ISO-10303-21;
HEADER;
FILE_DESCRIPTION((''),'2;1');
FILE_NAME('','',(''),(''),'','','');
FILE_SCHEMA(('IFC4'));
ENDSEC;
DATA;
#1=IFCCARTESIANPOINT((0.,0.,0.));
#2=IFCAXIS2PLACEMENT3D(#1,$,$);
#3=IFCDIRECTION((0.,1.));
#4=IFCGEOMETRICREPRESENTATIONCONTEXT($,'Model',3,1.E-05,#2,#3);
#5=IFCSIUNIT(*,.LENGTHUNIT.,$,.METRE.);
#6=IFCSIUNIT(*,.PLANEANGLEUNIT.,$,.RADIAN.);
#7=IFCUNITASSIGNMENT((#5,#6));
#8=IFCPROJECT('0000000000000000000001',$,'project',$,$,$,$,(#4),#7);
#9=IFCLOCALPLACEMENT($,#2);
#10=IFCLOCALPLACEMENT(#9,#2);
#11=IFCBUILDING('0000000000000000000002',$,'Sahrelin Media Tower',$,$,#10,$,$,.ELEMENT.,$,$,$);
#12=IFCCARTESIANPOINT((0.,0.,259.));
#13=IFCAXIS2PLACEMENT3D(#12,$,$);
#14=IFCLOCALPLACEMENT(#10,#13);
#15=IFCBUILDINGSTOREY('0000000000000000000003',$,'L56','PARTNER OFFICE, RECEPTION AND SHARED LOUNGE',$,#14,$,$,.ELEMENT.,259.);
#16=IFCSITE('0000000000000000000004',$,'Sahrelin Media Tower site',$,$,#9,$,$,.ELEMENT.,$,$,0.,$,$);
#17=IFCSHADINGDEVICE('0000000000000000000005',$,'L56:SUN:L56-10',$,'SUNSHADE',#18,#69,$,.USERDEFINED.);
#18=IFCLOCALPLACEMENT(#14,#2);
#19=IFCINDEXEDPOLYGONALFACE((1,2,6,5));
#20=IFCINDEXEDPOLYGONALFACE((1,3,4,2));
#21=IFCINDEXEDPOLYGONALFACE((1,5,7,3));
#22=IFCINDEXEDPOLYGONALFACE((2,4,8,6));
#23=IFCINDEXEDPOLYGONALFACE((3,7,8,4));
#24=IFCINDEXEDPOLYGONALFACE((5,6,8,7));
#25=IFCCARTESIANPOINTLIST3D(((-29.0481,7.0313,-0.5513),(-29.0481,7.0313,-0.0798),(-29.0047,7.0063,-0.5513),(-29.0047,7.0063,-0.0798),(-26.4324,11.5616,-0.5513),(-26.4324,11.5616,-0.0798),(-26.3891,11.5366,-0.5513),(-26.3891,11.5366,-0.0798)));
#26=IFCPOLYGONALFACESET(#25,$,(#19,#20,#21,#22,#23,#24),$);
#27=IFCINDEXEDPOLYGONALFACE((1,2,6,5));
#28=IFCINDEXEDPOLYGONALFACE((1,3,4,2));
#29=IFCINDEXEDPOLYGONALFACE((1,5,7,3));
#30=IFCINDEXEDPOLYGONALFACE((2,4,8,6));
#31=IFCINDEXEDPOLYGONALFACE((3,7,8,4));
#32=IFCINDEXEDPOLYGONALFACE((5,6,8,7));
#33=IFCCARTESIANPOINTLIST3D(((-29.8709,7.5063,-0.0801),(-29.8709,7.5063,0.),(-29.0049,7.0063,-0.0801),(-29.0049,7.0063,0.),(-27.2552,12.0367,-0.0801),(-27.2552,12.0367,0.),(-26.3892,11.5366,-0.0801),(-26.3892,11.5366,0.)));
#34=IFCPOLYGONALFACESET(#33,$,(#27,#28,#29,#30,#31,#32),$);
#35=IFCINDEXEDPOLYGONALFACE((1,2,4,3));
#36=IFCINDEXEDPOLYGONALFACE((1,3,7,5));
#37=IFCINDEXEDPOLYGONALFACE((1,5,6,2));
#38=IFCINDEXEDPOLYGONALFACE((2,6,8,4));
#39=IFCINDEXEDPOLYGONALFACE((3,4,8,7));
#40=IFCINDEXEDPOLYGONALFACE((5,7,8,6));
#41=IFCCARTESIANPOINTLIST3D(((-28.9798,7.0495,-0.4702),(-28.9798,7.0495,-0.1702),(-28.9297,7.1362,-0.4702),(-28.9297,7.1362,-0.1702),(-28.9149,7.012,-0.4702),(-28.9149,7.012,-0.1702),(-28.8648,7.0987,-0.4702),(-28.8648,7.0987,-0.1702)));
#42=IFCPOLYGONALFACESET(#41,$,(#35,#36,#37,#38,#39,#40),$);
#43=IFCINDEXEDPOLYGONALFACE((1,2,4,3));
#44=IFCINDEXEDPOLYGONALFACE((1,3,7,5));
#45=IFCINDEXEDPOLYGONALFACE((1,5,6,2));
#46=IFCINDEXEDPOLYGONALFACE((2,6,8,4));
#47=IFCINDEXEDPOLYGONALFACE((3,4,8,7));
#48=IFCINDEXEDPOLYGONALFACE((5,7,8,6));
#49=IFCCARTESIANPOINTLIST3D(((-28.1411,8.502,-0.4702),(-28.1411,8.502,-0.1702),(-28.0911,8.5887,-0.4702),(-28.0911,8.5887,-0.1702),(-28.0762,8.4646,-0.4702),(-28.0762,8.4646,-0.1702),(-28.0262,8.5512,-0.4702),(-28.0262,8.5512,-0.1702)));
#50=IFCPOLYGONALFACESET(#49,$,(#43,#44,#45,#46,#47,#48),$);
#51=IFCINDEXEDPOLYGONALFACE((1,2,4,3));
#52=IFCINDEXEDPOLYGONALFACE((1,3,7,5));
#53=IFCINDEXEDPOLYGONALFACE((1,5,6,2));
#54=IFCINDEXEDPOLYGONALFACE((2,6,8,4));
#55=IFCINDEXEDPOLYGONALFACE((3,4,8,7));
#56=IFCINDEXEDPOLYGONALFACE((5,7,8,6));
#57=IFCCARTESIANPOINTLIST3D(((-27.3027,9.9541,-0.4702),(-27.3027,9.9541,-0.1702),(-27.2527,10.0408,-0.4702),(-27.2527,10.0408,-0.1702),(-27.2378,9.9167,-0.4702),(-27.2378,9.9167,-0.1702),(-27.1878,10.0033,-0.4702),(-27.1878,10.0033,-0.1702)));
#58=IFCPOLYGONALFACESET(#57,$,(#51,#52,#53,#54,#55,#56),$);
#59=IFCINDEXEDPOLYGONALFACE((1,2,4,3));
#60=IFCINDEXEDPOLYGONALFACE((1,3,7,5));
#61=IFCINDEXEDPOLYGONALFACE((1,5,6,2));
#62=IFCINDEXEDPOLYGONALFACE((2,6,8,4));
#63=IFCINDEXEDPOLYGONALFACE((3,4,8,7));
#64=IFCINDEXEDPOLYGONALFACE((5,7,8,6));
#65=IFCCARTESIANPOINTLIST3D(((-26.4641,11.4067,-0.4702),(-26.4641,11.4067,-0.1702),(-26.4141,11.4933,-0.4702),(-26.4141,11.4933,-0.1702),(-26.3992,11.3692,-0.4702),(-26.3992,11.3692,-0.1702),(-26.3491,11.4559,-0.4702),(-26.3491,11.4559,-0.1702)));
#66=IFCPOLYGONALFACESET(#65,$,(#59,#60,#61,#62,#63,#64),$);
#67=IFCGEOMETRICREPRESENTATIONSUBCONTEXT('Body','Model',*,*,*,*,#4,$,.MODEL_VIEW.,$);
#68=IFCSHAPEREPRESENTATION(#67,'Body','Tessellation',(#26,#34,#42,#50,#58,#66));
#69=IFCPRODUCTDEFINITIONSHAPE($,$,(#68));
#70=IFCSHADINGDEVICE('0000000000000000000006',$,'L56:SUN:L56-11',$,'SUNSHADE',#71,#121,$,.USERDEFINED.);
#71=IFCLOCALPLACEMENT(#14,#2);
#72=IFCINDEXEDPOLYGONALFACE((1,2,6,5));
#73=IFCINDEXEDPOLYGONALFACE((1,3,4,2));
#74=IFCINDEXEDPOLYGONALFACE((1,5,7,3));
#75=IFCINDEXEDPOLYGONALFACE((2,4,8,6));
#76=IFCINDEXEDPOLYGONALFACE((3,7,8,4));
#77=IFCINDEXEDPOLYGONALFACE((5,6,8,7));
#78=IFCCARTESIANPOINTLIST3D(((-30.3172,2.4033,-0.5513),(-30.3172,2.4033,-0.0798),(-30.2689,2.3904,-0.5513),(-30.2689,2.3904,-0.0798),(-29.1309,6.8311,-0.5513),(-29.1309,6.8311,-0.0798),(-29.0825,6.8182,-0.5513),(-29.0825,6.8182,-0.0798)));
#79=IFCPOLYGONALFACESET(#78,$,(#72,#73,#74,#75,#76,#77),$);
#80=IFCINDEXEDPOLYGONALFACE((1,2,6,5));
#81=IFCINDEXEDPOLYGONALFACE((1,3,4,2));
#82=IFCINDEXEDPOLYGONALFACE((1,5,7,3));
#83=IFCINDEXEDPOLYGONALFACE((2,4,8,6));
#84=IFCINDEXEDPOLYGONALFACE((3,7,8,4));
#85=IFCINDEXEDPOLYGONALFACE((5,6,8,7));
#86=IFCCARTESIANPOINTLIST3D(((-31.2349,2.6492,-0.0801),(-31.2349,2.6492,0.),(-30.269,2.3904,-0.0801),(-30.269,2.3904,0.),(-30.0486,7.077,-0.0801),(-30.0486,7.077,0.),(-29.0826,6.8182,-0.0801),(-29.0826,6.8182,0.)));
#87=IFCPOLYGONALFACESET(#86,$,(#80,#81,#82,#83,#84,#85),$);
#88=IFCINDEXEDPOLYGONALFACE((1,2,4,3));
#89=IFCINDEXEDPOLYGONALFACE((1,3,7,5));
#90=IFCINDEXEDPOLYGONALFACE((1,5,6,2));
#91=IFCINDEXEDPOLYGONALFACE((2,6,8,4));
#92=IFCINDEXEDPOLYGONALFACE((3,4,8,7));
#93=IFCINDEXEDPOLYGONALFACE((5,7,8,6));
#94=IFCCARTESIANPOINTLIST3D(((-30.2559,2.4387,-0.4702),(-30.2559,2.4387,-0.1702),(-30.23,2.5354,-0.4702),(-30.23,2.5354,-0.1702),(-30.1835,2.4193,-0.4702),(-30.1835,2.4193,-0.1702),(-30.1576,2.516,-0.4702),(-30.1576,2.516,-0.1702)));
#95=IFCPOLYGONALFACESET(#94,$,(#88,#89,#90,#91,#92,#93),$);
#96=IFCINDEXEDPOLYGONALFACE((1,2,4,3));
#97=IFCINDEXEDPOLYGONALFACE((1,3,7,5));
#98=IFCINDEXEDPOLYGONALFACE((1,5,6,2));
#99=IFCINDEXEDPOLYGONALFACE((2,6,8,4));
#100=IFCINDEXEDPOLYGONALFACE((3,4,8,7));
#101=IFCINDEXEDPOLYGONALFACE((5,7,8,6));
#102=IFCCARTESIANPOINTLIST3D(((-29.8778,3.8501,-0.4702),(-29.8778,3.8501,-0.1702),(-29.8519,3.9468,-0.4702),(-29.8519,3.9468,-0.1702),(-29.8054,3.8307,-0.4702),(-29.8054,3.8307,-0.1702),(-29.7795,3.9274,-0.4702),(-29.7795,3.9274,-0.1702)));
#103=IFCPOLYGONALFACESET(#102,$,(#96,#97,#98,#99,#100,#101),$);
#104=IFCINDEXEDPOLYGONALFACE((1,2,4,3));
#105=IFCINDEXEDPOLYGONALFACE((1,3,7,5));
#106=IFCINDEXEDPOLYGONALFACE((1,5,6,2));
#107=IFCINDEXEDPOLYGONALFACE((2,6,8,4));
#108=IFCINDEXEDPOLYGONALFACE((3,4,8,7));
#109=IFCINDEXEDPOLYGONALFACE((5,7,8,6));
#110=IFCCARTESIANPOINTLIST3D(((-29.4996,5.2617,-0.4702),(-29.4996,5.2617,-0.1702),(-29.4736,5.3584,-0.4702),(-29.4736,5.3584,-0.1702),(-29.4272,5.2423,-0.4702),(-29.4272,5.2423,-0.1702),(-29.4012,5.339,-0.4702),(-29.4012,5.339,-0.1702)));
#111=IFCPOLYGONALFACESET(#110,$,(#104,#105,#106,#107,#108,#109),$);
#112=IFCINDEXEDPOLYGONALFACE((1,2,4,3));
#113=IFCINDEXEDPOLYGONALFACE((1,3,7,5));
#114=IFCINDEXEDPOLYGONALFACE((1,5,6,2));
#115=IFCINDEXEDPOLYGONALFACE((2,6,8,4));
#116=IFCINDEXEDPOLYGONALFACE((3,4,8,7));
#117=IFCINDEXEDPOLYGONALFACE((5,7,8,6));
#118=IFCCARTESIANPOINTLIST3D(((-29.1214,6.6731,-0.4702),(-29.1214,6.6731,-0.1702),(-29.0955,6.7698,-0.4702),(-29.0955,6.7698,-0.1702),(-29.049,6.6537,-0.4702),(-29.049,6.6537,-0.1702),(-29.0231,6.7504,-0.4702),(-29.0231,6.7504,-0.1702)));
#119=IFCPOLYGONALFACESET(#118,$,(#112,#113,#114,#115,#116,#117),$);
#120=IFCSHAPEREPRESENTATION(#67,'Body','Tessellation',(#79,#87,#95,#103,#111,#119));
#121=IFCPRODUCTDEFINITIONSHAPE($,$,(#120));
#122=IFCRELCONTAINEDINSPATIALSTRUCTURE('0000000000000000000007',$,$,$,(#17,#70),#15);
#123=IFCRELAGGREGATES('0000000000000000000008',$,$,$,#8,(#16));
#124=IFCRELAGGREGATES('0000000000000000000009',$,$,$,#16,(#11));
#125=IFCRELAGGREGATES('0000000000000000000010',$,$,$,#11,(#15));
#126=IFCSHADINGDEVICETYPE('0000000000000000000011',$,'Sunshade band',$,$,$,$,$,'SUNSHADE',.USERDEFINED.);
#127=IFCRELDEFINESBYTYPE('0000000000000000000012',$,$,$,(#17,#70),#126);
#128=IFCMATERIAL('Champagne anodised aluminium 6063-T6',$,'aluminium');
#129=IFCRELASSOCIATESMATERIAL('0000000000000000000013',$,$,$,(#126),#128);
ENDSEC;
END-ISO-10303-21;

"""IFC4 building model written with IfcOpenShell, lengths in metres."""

from ifc_helpers import new_model, si_unit, direction, frame, origin, origin_2d, place, context, subcontext, project, spatial, rectangle, extrude, material, type_object, element, save


model = new_model("IFC4")

# Units and contexts
model_context = context("Model", 3, precision=1e-05, world=origin(), true_north=direction((0.0, 1.0)))
body_context = subcontext(model_context, "Body", "Model", "MODEL_VIEW")
ifc_project = project(units=[si_unit("LENGTHUNIT", "METRE"), si_unit("PLANEANGLEUNIT", "RADIAN")], contexts=[model_context])

# Site, building, storey
site_placement = place(None, origin())
site = spatial("IfcSite", under=ifc_project, at=site_placement, Name="Sahrelin Media Tower site", CompositionType="ELEMENT", RefElevation=0.0)
building_placement = place(site_placement, origin())
building = spatial("IfcBuilding", under=site, at=building_placement, Name="Sahrelin Media Tower", CompositionType="ELEMENT")
storey_placement = place(building_placement, frame((0.0, 0.0, 259.0)))
storey = spatial("IfcBuildingStorey", under=building, at=storey_placement, Name="L56", Description="PARTNER OFFICE, RECEPTION AND SHARED LOUNGE", CompositionType="ELEMENT", Elevation=259.0)

# Shared definitions
ifc_material_1 = material(Name="Champagne anodised aluminium 6063-T6", Category="aluminium")

# Shading devices
placement_1 = place(storey_placement, frame((-27.6797, 9.2615, 0.0), z_axis=(0.0, 0.0, 1.0), x_axis=(0.500011, 0.866019, 0.0)))
placement_2 = place(storey_placement, frame((-29.6565, 4.5991, 0.0), z_axis=(0.0, 0.0, 1.0), x_axis=(0.258808, 0.965929, 0.0)))
shading_device_type_1 = type_object("IfcShadingDeviceType", Name="Sunshade band", ElementType="SUNSHADE", PredefinedType="USERDEFINED", material=ifc_material_1)
element("IfcShadingDevice", 1, at=placement_1, inside=storey, type_object=shading_device_type_1, Name="L56:SUN:L56-10", ObjectType="SUNSHADE", PredefinedType="USERDEFINED", context=body_context, shape_type="SweptSolid", body=[
    extrude(rectangle(XDim=5.2312, YDim=0.05, at=origin_2d()), frame((0.0, 0.0449, -0.5513)), (0.0, 0.0, 1.0), 0.4714),
    extrude(rectangle(XDim=5.2312, YDim=1.0, at=origin_2d()), frame((0.0, 0.52, -0.0801)), (0.0, 0.0, 1.0), 0.0801),
    extrude(rectangle(XDim=0.1001, YDim=0.075, at=origin_2d()), frame((-2.5156, -0.0176, -0.4702)), (0.0, 0.0, 1.0), 0.3),
    extrude(rectangle(XDim=0.1001, YDim=0.075, at=origin_2d()), frame((-0.8384, -0.0176, -0.4702)), (0.0, 0.0, 1.0), 0.3),
    extrude(rectangle(XDim=0.1001, YDim=0.075, at=origin_2d()), frame((0.8384, -0.0176, -0.4702)), (0.0, 0.0, 1.0), 0.3),
    extrude(rectangle(XDim=0.1001, YDim=0.075, at=origin_2d()), frame((2.5156, -0.0176, -0.4702)), (0.0, 0.0, 1.0), 0.3),
])
element("IfcShadingDevice", 2, at=placement_2, inside=storey, type_object=shading_device_type_1, Name="L56:SUN:L56-11", ObjectType="SUNSHADE", PredefinedType="USERDEFINED", context=body_context, shape_type="SweptSolid", body=[
    extrude(rectangle(XDim=4.584, YDim=0.05, at=origin_2d()), frame((0.0, 0.0449, -0.5513)), (0.0, 0.0, 1.0), 0.4714),
    extrude(rectangle(XDim=4.584, YDim=1.0, at=origin_2d()), frame((0.0, 0.52, -0.0801)), (0.0, 0.0, 1.0), 0.0801),
    extrude(rectangle(XDim=0.1001, YDim=0.075, at=origin_2d()), frame((-2.1919, -0.0176, -0.4702)), (0.0, 0.0, 1.0), 0.3),
    extrude(rectangle(XDim=0.1001, YDim=0.075, at=origin_2d()), frame((-0.7307, -0.0176, -0.4702)), (0.0, 0.0, 1.0), 0.3),
    extrude(rectangle(XDim=0.1001, YDim=0.075, at=origin_2d()), frame((0.7307, -0.0176, -0.4702)), (0.0, 0.0, 1.0), 0.3),
    extrude(rectangle(XDim=0.1001, YDim=0.075, at=origin_2d()), frame((2.1919, -0.0176, -0.4702)), (0.0, 0.0, 1.0), 0.3),
])

save(model, "model.ifc")
